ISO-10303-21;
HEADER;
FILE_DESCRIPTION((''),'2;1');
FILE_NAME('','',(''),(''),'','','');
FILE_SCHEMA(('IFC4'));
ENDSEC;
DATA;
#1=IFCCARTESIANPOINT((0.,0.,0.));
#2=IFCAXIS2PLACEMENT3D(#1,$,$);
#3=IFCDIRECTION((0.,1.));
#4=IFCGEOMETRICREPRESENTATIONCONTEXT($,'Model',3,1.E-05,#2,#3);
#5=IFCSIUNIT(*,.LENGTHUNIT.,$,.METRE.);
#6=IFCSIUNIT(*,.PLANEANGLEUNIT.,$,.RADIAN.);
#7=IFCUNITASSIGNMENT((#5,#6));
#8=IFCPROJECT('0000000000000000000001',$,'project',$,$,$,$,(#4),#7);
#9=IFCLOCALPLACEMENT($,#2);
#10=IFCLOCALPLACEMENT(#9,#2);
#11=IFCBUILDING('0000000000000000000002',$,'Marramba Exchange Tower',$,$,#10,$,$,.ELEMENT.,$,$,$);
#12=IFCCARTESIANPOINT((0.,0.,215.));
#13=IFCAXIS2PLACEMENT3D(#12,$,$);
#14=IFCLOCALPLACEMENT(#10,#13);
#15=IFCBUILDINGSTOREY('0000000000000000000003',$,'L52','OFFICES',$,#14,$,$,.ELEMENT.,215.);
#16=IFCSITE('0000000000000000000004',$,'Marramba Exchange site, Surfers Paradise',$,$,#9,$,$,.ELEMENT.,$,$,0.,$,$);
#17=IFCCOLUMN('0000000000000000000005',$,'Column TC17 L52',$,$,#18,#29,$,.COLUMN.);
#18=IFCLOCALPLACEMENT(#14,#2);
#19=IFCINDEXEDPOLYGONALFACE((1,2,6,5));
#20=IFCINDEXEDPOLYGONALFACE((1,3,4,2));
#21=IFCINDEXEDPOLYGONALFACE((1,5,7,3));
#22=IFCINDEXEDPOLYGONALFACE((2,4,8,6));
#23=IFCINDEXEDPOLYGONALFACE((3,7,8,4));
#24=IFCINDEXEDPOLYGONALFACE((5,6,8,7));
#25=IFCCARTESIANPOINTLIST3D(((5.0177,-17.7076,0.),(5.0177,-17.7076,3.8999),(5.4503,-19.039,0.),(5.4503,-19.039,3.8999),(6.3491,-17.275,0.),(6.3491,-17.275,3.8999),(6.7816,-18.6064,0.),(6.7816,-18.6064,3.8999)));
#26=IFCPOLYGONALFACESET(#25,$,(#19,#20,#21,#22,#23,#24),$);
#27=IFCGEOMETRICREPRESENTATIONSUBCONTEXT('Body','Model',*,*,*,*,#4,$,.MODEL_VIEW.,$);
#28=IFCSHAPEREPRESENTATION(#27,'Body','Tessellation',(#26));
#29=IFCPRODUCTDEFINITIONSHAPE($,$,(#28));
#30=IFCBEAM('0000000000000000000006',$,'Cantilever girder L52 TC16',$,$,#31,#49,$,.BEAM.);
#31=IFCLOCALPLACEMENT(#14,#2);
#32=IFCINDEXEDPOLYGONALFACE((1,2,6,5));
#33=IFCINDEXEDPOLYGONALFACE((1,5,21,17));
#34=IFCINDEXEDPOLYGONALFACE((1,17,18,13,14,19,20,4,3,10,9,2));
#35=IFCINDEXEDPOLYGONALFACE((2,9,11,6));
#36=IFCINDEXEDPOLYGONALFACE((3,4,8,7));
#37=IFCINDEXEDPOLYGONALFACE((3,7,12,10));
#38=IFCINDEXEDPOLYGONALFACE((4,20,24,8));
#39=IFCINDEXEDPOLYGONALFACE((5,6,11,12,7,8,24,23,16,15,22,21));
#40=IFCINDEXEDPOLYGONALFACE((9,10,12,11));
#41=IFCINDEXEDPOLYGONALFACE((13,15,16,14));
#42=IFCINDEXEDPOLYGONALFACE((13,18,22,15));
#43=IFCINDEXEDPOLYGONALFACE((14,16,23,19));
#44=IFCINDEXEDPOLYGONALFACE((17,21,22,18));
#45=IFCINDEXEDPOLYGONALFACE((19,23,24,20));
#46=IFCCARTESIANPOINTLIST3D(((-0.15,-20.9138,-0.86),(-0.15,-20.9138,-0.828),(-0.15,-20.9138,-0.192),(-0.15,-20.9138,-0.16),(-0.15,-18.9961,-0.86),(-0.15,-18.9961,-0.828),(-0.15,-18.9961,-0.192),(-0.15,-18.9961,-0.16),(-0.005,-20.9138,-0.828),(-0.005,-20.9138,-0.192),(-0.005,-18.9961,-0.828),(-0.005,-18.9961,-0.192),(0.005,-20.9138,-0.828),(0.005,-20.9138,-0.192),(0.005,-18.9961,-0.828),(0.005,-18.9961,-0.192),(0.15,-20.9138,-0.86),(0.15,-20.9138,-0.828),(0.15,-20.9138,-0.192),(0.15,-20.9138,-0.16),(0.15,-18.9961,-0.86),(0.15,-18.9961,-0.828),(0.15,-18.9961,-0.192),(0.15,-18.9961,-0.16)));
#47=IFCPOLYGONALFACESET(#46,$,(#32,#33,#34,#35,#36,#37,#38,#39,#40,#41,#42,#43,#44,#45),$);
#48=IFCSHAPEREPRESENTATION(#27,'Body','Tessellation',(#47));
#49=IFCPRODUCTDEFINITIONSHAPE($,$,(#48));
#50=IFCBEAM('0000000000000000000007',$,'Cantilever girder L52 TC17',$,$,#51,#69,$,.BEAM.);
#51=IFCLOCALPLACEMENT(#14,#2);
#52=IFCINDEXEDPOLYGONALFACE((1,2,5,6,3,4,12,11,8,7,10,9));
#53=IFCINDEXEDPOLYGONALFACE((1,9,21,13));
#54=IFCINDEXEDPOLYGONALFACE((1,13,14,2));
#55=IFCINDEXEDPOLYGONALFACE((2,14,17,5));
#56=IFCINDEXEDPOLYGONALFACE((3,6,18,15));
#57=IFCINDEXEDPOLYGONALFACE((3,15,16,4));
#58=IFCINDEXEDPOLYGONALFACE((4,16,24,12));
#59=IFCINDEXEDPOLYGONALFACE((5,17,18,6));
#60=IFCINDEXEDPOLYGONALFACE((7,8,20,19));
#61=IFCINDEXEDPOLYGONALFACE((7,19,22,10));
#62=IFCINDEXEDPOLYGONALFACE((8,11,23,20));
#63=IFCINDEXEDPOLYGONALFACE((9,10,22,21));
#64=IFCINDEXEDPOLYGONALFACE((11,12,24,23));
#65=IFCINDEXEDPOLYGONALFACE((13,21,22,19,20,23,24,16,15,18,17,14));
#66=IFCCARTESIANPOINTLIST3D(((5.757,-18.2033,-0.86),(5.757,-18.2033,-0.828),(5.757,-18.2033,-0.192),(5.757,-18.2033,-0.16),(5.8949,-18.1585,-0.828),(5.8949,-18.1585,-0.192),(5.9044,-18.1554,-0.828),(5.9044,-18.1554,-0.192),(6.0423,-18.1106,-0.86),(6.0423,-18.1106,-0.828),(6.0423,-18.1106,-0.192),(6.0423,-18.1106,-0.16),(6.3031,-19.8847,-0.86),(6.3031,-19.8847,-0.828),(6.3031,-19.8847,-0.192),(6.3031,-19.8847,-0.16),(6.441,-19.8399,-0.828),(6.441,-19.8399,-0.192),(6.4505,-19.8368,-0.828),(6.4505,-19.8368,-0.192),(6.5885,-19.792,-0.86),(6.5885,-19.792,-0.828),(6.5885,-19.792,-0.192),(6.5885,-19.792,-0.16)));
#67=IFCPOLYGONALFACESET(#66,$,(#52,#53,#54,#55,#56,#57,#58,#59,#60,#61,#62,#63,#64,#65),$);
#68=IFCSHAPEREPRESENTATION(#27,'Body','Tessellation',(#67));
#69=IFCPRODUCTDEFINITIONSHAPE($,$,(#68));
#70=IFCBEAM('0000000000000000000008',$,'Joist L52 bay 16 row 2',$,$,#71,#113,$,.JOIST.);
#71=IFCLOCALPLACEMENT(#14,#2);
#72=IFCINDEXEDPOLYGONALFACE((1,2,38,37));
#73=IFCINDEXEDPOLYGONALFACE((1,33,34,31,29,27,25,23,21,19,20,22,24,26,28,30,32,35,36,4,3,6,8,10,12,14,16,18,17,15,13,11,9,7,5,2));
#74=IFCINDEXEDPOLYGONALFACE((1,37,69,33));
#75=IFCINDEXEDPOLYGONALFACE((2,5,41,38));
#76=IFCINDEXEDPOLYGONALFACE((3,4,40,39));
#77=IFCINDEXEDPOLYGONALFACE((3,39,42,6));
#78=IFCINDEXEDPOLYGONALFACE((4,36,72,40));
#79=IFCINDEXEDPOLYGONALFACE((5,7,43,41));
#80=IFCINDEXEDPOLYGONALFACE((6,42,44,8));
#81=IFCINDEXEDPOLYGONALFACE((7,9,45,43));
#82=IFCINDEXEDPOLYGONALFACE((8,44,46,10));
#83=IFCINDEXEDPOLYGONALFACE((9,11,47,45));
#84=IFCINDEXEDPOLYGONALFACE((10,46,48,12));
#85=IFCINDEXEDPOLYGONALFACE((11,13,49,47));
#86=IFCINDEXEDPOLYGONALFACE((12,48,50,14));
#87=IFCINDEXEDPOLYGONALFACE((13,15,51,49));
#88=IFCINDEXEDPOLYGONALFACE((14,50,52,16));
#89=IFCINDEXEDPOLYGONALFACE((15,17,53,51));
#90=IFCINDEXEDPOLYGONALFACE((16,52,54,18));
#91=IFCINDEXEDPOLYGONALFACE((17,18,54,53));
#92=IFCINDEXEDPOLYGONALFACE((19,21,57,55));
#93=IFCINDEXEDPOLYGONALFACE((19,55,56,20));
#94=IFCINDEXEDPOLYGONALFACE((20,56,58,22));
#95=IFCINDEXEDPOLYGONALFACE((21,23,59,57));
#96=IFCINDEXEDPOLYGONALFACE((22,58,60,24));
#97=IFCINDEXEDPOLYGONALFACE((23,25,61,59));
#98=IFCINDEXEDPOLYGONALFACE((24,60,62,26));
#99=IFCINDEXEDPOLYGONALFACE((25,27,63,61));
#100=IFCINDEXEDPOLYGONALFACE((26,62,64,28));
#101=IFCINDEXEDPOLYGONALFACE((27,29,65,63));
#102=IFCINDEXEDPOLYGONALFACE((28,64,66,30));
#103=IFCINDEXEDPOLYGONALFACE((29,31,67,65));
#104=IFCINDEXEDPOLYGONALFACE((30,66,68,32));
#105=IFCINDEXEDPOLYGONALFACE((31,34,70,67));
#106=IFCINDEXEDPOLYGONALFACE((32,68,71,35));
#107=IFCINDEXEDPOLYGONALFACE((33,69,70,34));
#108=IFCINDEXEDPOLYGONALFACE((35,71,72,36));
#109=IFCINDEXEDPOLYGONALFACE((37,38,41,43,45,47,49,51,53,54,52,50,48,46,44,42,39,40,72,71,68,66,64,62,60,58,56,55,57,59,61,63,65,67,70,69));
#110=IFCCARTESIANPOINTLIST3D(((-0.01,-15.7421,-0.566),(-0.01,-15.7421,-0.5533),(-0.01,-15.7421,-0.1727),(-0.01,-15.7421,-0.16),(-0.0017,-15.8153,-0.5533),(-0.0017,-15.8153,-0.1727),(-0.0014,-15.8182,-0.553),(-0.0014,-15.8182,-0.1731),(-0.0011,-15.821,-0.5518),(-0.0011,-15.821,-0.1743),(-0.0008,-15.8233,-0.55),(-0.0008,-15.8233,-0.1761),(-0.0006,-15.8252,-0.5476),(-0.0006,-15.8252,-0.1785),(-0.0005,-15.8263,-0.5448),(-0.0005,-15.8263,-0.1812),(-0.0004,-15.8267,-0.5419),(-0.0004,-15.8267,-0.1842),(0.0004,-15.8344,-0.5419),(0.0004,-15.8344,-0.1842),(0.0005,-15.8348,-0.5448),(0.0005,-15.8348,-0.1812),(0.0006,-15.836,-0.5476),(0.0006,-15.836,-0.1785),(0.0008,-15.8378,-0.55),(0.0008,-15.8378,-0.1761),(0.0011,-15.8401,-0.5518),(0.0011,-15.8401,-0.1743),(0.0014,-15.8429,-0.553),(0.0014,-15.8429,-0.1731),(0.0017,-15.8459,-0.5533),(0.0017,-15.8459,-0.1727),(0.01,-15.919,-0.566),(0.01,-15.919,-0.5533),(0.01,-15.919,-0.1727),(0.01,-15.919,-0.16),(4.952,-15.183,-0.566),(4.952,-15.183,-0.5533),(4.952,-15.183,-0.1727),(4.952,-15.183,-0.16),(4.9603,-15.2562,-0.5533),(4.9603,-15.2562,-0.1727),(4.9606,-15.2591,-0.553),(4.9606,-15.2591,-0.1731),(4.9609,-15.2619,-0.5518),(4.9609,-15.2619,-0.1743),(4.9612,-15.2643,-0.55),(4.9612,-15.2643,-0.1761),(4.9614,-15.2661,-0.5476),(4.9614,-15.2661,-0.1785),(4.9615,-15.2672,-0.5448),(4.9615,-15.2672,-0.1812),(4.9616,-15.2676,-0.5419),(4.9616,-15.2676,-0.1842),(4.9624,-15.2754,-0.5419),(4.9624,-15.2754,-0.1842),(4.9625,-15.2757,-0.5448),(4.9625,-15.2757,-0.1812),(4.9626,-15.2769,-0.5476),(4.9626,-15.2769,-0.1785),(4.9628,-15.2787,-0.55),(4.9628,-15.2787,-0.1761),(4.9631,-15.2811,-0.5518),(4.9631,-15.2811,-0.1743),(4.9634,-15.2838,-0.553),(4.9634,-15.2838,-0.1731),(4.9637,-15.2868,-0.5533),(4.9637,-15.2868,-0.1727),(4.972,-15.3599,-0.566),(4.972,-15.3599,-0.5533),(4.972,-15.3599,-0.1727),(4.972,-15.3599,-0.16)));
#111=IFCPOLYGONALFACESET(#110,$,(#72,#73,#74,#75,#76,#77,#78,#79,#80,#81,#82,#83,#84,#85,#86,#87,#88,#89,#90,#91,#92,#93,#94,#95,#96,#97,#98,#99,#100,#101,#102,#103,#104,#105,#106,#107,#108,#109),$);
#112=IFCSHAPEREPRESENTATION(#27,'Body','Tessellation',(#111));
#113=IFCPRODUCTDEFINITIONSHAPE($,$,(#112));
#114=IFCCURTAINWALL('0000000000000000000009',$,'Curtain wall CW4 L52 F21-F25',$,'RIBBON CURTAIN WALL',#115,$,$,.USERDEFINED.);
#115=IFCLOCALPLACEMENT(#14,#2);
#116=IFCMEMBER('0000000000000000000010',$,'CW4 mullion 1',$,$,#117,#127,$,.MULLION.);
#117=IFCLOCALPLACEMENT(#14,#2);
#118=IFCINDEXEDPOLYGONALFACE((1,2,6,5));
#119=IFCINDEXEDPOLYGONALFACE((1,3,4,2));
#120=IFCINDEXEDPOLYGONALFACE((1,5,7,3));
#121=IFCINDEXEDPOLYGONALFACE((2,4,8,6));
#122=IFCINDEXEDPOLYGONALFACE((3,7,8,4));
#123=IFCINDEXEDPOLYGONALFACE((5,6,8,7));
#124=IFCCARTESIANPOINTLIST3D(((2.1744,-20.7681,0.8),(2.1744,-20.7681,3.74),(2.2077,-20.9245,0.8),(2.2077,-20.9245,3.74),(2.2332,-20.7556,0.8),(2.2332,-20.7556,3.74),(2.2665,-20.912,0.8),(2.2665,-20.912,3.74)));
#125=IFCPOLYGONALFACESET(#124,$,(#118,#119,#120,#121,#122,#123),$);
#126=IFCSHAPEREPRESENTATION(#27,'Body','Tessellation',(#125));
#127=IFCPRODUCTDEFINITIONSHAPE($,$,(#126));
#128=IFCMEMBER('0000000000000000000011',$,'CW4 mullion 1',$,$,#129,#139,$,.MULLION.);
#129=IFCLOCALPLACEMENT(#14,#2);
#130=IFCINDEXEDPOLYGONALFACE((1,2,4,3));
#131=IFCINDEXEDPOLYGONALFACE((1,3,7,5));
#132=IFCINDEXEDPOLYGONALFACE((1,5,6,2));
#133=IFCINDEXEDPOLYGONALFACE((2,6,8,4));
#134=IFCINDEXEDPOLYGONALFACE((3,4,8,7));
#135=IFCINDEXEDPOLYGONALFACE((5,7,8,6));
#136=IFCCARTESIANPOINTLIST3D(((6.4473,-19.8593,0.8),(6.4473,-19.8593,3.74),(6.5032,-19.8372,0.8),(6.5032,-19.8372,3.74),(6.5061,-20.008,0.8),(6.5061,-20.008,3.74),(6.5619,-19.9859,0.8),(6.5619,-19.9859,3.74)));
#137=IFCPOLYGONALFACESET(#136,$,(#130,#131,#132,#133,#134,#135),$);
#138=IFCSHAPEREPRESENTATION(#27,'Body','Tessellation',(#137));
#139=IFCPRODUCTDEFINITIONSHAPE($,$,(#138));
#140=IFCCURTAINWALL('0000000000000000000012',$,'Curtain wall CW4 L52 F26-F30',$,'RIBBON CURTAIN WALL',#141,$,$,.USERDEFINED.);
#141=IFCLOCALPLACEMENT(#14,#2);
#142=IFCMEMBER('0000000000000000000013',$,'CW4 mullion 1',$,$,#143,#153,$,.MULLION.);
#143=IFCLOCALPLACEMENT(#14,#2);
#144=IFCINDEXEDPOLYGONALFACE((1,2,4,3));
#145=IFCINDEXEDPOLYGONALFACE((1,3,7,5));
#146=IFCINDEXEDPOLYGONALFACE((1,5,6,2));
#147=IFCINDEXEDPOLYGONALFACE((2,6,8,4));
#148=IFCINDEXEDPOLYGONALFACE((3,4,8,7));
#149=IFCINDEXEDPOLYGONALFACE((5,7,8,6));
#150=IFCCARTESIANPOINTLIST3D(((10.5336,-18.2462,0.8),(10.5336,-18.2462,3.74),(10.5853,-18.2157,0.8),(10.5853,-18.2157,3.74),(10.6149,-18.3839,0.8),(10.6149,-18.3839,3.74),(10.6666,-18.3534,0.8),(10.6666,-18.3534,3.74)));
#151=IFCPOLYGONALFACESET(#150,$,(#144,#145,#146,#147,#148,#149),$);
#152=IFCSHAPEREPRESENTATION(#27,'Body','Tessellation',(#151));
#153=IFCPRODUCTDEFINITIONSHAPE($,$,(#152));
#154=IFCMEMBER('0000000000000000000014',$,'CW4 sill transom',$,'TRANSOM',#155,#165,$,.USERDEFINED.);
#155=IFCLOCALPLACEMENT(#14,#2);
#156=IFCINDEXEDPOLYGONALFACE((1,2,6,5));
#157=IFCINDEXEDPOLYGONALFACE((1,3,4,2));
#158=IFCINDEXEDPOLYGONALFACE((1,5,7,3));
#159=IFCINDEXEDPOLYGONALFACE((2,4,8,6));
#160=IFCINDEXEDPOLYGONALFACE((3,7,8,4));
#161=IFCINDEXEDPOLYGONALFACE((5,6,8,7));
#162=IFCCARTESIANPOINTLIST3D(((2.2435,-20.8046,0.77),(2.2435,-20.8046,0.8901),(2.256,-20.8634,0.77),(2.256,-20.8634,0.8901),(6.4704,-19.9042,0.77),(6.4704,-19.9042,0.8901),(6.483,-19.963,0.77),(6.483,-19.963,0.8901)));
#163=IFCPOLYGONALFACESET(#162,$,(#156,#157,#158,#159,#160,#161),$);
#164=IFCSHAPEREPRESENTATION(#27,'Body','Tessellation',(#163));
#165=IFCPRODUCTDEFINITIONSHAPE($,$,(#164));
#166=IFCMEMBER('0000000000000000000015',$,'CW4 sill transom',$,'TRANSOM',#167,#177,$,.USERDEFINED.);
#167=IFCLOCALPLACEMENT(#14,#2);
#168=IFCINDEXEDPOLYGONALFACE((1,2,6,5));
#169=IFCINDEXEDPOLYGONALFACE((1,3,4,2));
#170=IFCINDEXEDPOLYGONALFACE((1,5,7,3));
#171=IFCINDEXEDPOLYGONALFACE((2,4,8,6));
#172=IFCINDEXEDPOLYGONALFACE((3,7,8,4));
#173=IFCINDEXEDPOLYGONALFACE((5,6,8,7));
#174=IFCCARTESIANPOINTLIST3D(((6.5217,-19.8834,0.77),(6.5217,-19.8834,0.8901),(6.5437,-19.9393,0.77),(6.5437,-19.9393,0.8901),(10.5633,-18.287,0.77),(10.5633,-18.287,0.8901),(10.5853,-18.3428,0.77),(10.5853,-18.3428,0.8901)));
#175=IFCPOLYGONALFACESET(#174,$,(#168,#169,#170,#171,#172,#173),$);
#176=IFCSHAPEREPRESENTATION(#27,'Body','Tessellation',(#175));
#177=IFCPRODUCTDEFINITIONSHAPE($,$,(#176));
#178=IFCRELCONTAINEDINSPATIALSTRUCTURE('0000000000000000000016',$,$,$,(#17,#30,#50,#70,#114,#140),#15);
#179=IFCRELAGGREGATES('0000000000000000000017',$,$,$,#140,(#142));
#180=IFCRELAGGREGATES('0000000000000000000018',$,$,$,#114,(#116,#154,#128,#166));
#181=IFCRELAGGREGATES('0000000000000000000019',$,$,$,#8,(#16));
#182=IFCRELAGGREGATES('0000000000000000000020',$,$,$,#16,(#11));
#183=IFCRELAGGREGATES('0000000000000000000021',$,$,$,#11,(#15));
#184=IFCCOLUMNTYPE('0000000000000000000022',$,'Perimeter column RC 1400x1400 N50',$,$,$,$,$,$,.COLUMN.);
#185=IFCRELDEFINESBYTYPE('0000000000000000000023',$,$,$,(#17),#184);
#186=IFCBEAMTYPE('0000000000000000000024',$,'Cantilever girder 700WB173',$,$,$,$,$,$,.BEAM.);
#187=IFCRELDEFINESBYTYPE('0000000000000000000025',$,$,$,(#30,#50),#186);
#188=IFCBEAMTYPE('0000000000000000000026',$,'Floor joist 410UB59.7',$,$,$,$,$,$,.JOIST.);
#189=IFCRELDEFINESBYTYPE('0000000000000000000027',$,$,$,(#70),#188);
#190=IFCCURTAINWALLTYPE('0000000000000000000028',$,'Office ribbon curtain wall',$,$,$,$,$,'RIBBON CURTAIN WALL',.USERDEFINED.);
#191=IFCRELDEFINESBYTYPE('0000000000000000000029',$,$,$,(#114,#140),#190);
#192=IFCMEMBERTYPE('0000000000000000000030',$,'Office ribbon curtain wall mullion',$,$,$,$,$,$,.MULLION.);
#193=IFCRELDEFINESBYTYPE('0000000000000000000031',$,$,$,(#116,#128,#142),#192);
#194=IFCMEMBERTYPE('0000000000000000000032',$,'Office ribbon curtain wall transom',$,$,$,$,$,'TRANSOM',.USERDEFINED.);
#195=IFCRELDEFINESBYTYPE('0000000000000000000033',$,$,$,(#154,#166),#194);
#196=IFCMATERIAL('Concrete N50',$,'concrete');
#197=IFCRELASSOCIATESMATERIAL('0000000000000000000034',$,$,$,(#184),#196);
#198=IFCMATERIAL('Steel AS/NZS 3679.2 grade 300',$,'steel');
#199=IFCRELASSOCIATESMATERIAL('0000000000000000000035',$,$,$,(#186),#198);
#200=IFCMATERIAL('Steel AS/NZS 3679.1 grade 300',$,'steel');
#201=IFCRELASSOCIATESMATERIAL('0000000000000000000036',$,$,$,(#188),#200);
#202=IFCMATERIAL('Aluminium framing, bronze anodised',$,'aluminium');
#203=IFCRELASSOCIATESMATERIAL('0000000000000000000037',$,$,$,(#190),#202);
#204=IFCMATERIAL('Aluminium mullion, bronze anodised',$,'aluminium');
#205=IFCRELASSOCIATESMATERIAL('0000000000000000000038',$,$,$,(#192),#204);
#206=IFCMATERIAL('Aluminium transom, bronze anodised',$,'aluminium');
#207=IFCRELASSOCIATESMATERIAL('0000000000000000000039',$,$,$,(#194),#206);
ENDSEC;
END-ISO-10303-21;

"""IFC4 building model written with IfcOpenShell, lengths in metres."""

from ifc_helpers import new_model, si_unit, direction, frame, origin, origin_2d, place, context, subcontext, project, spatial, rectangle, i_section, extrude, material, material_profile, profile_set, type_object, element, aggregate, save


model = new_model("IFC4")

# Units and contexts
model_context = context("Model", 3, precision=1e-05, world=origin(), true_north=direction((0.0, 1.0)))
body_context = subcontext(model_context, "Body", "Model", "MODEL_VIEW")
ifc_project = project(units=[si_unit("LENGTHUNIT", "METRE"), si_unit("PLANEANGLEUNIT", "RADIAN")], contexts=[model_context])

# Site, building, storey
site_placement = place(None, origin())
site = spatial("IfcSite", under=ifc_project, at=site_placement, Name="Marramba Exchange site, Surfers Paradise", CompositionType="ELEMENT", RefElevation=0.0)
building_placement = place(site_placement, origin())
building = spatial("IfcBuilding", under=site, at=building_placement, Name="Marramba Exchange Tower", CompositionType="ELEMENT")
storey_placement = place(building_placement, frame((0.0, 0.0, 215.0)))
storey = spatial("IfcBuildingStorey", under=building, at=storey_placement, Name="L52", Description="OFFICES", CompositionType="ELEMENT", Elevation=215.0)

# Column
ifc_material_1 = material(Name="Concrete N50", Category="concrete")
ifc_material_profile_1 = material_profile(ifc_material_1, rectangle(XDim=1.3999, YDim=1.3999, at=origin_2d()), Name="RC 1400x1400")
ifc_profile_set_1 = profile_set([ifc_material_profile_1], Name="Concrete N50")
column_type = type_object("IfcColumnType", Name="Perimeter column RC 1400x1400 N50", PredefinedType="COLUMN", material=ifc_profile_set_1)
column_placement = place(storey_placement, frame((5.8997, -18.157, 0.0), z_axis=(0.0, 0.0, 1.0), x_axis=(0.309017, -0.951057, 0.0)))
element("IfcColumn", 1, at=column_placement, inside=storey, type_object=column_type, Name="Column TC17 L52", PredefinedType="COLUMN", context=body_context, shape_type="SweptSolid", body=[
    extrude(rectangle(XDim=1.3999, YDim=1.3999, at=origin_2d()), origin(), (0.0, 0.0, 1.0), 3.8999),
])

# Beams
ifc_material_2 = material(Name="Steel AS/NZS 3679.2 grade 300", Category="steel")
ifc_material_profile_2 = material_profile(ifc_material_2, i_section(OverallWidth=0.3, OverallDepth=0.7, WebThickness=0.01, FlangeThickness=0.032, at=origin_2d()), Name="700WB173")
ifc_profile_set_2 = profile_set([ifc_material_profile_2], Name="Steel AS/NZS 3679.2 grade 300")
beam_type_1 = type_object("IfcBeamType", Name="Cantilever girder 700WB173", PredefinedType="BEAM", material=ifc_profile_set_2)
beam_1_placement = place(storey_placement, frame((0.0, -18.9961, -0.51), z_axis=(0.0, -1.0, 0.0), x_axis=(1.0, 0.0, 0.0)))
element("IfcBeam", 2, at=beam_1_placement, inside=storey, type_object=beam_type_1, Name="Cantilever girder L52 TC16", PredefinedType="BEAM", context=body_context, shape_type="SweptSolid", body=[
    extrude(i_section(OverallWidth=0.3, OverallDepth=0.7, WebThickness=0.01, FlangeThickness=0.032, at=origin_2d()), origin(), (0.0, 0.0, 1.0), 1.9177),
])
beam_2_placement = place(storey_placement, frame((5.8997, -18.157, -0.51), z_axis=(0.308927, -0.951086, 0.0), x_axis=(0.951086, 0.308927, 0.0)))
element("IfcBeam", 3, at=beam_2_placement, inside=storey, type_object=beam_type_1, Name="Cantilever girder L52 TC17", PredefinedType="BEAM", context=body_context, shape_type="SweptSolid", body=[
    extrude(i_section(OverallWidth=0.3, OverallDepth=0.7, WebThickness=0.01, FlangeThickness=0.032, at=origin_2d()), origin(), (0.0, 0.0, 1.0), 1.7678),
])
ifc_material_3 = material(Name="Steel AS/NZS 3679.1 grade 300", Category="steel")
ifc_material_profile_3 = material_profile(ifc_material_3, i_section(OverallWidth=0.178, OverallDepth=0.406, WebThickness=0.0078, FlangeThickness=0.0127, FilletRadius=0.0115, at=origin_2d()), Name="410UB59.7")
ifc_profile_set_3 = profile_set([ifc_material_profile_3], Name="Steel AS/NZS 3679.1 grade 300")
beam_type_2 = type_object("IfcBeamType", Name="Floor joist 410UB59.7", PredefinedType="JOIST", material=ifc_profile_set_3)
beam_3_placement = place(storey_placement, frame((0.0, -15.8306, -0.363), z_axis=(0.993712, 0.111966, 0.0), x_axis=(-0.111966, 0.993712, 0.0)))
element("IfcBeam", 4, at=beam_3_placement, inside=storey, type_object=beam_type_2, Name="Joist L52 bay 16 row 2", PredefinedType="JOIST", context=body_context, shape_type="SweptSolid", body=[
    extrude(i_section(OverallWidth=0.178, OverallDepth=0.406, WebThickness=0.0078, FlangeThickness=0.0127, FilletRadius=0.0115, at=origin_2d()), origin(), (0.0, 0.0, 1.0), 4.9934),
])

# Curtain wall, members
ifc_material_4 = material(Name="Aluminium framing, bronze anodised", Category="aluminium")
curtain_wall_type = type_object("IfcCurtainWallType", Name="Office ribbon curtain wall", ElementType="RIBBON CURTAIN WALL", PredefinedType="USERDEFINED", material=ifc_material_4)
curtain_wall_1_placement = place(storey_placement, origin())
curtain_wall_1 = element("IfcCurtainWall", 5, at=curtain_wall_1_placement, inside=storey, type_object=curtain_wall_type, Name="Curtain wall CW4 L52 F21-F25", ObjectType="RIBBON CURTAIN WALL", PredefinedType="USERDEFINED")
ifc_material_5 = material(Name="Aluminium mullion, bronze anodised", Category="aluminium")
ifc_material_profile_4 = material_profile(ifc_material_5, rectangle(XDim=0.1599, YDim=0.0601, at=origin_2d()), Name="CW4 mullion 60x160")
ifc_profile_set_4 = profile_set([ifc_material_profile_4], Name="Aluminium mullion, bronze anodised")
member_type_1 = type_object("IfcMemberType", Name="Office ribbon curtain wall mullion", PredefinedType="MULLION", material=ifc_profile_set_4)
member_1_placement = place(storey_placement, frame((2.2205, -20.8401, 0.8), z_axis=(0.0, 0.0, 1.0), x_axis=(-0.208332, 0.978058, 0.0)))
member_1 = element("IfcMember", 6, at=member_1_placement, type_object=member_type_1, Name="CW4 mullion 1", PredefinedType="MULLION", context=body_context, shape_type="SweptSolid", body=[
    extrude(rectangle(XDim=0.1599, YDim=0.0601, at=origin_2d()), origin(), (0.0, 0.0, 1.0), 2.9399),
])
member_2_placement = place(storey_placement, frame((6.5046, -19.9226, 0.8), z_axis=(0.0, 0.0, 1.0), x_axis=(-0.367375, 0.930073, 0.0)))
member_2 = element("IfcMember", 7, at=member_2_placement, type_object=member_type_1, Name="CW4 mullion 1", PredefinedType="MULLION", context=body_context, shape_type="SweptSolid", body=[
    extrude(rectangle(XDim=0.1599, YDim=0.0601, at=origin_2d()), origin(), (0.0, 0.0, 1.0), 2.9399),
])

# Curtain wall, member
curtain_wall_2_placement = place(storey_placement, origin())
curtain_wall_2 = element("IfcCurtainWall", 8, at=curtain_wall_2_placement, inside=storey, type_object=curtain_wall_type, Name="Curtain wall CW4 L52 F26-F30", ObjectType="RIBBON CURTAIN WALL", PredefinedType="USERDEFINED")
member_3_placement = place(storey_placement, frame((10.6001, -18.2998, 0.8), z_axis=(0.0, 0.0, 1.0), x_axis=(-0.508011, 0.861351, 0.0)))
member_3 = element("IfcMember", 9, at=member_3_placement, type_object=member_type_1, Name="CW4 mullion 1", PredefinedType="MULLION", context=body_context, shape_type="SweptSolid", body=[
    extrude(rectangle(XDim=0.1599, YDim=0.0601, at=origin_2d()), origin(), (0.0, 0.0, 1.0), 2.9399),
])
aggregate(curtain_wall_2, [member_3])

# Members
ifc_material_6 = material(Name="Aluminium transom, bronze anodised", Category="aluminium")
ifc_material_profile_5 = material_profile(ifc_material_6, rectangle(XDim=0.0601, YDim=0.1201, at=origin_2d()), Name="CW4 transom 60x120")
ifc_profile_set_5 = profile_set([ifc_material_profile_5], Name="Aluminium transom, bronze anodised")
member_type_2 = type_object("IfcMemberType", Name="Office ribbon curtain wall transom", ElementType="TRANSOM", PredefinedType="USERDEFINED", material=ifc_profile_set_5)
member_4_placement = place(storey_placement, frame((2.2498, -20.834, 0.8301), z_axis=(0.978058, 0.208333, 0.0), x_axis=(-0.208333, 0.978058, 0.0)))
member_4 = element("IfcMember", 10, at=member_4_placement, type_object=member_type_2, Name="CW4 sill transom", ObjectType="TRANSOM", PredefinedType="USERDEFINED", context=body_context, shape_type="SweptSolid", body=[
    extrude(rectangle(XDim=0.0601, YDim=0.1201, at=origin_2d()), origin(), (0.0, 0.0, 1.0), 4.3218),
])
member_5_placement = place(storey_placement, frame((6.5327, -19.9114, 0.8301), z_axis=(0.930068, 0.367387, 0.0), x_axis=(-0.367387, 0.930068, 0.0)))
member_5 = element("IfcMember", 11, at=member_5_placement, type_object=member_type_2, Name="CW4 sill transom", ObjectType="TRANSOM", PredefinedType="USERDEFINED", context=body_context, shape_type="SweptSolid", body=[
    extrude(rectangle(XDim=0.0601, YDim=0.1201, at=origin_2d()), origin(), (0.0, 0.0, 1.0), 4.3455),
])

aggregate(curtain_wall_1, [member_1, member_4, member_2, member_5])

save(model, "model.ifc")
